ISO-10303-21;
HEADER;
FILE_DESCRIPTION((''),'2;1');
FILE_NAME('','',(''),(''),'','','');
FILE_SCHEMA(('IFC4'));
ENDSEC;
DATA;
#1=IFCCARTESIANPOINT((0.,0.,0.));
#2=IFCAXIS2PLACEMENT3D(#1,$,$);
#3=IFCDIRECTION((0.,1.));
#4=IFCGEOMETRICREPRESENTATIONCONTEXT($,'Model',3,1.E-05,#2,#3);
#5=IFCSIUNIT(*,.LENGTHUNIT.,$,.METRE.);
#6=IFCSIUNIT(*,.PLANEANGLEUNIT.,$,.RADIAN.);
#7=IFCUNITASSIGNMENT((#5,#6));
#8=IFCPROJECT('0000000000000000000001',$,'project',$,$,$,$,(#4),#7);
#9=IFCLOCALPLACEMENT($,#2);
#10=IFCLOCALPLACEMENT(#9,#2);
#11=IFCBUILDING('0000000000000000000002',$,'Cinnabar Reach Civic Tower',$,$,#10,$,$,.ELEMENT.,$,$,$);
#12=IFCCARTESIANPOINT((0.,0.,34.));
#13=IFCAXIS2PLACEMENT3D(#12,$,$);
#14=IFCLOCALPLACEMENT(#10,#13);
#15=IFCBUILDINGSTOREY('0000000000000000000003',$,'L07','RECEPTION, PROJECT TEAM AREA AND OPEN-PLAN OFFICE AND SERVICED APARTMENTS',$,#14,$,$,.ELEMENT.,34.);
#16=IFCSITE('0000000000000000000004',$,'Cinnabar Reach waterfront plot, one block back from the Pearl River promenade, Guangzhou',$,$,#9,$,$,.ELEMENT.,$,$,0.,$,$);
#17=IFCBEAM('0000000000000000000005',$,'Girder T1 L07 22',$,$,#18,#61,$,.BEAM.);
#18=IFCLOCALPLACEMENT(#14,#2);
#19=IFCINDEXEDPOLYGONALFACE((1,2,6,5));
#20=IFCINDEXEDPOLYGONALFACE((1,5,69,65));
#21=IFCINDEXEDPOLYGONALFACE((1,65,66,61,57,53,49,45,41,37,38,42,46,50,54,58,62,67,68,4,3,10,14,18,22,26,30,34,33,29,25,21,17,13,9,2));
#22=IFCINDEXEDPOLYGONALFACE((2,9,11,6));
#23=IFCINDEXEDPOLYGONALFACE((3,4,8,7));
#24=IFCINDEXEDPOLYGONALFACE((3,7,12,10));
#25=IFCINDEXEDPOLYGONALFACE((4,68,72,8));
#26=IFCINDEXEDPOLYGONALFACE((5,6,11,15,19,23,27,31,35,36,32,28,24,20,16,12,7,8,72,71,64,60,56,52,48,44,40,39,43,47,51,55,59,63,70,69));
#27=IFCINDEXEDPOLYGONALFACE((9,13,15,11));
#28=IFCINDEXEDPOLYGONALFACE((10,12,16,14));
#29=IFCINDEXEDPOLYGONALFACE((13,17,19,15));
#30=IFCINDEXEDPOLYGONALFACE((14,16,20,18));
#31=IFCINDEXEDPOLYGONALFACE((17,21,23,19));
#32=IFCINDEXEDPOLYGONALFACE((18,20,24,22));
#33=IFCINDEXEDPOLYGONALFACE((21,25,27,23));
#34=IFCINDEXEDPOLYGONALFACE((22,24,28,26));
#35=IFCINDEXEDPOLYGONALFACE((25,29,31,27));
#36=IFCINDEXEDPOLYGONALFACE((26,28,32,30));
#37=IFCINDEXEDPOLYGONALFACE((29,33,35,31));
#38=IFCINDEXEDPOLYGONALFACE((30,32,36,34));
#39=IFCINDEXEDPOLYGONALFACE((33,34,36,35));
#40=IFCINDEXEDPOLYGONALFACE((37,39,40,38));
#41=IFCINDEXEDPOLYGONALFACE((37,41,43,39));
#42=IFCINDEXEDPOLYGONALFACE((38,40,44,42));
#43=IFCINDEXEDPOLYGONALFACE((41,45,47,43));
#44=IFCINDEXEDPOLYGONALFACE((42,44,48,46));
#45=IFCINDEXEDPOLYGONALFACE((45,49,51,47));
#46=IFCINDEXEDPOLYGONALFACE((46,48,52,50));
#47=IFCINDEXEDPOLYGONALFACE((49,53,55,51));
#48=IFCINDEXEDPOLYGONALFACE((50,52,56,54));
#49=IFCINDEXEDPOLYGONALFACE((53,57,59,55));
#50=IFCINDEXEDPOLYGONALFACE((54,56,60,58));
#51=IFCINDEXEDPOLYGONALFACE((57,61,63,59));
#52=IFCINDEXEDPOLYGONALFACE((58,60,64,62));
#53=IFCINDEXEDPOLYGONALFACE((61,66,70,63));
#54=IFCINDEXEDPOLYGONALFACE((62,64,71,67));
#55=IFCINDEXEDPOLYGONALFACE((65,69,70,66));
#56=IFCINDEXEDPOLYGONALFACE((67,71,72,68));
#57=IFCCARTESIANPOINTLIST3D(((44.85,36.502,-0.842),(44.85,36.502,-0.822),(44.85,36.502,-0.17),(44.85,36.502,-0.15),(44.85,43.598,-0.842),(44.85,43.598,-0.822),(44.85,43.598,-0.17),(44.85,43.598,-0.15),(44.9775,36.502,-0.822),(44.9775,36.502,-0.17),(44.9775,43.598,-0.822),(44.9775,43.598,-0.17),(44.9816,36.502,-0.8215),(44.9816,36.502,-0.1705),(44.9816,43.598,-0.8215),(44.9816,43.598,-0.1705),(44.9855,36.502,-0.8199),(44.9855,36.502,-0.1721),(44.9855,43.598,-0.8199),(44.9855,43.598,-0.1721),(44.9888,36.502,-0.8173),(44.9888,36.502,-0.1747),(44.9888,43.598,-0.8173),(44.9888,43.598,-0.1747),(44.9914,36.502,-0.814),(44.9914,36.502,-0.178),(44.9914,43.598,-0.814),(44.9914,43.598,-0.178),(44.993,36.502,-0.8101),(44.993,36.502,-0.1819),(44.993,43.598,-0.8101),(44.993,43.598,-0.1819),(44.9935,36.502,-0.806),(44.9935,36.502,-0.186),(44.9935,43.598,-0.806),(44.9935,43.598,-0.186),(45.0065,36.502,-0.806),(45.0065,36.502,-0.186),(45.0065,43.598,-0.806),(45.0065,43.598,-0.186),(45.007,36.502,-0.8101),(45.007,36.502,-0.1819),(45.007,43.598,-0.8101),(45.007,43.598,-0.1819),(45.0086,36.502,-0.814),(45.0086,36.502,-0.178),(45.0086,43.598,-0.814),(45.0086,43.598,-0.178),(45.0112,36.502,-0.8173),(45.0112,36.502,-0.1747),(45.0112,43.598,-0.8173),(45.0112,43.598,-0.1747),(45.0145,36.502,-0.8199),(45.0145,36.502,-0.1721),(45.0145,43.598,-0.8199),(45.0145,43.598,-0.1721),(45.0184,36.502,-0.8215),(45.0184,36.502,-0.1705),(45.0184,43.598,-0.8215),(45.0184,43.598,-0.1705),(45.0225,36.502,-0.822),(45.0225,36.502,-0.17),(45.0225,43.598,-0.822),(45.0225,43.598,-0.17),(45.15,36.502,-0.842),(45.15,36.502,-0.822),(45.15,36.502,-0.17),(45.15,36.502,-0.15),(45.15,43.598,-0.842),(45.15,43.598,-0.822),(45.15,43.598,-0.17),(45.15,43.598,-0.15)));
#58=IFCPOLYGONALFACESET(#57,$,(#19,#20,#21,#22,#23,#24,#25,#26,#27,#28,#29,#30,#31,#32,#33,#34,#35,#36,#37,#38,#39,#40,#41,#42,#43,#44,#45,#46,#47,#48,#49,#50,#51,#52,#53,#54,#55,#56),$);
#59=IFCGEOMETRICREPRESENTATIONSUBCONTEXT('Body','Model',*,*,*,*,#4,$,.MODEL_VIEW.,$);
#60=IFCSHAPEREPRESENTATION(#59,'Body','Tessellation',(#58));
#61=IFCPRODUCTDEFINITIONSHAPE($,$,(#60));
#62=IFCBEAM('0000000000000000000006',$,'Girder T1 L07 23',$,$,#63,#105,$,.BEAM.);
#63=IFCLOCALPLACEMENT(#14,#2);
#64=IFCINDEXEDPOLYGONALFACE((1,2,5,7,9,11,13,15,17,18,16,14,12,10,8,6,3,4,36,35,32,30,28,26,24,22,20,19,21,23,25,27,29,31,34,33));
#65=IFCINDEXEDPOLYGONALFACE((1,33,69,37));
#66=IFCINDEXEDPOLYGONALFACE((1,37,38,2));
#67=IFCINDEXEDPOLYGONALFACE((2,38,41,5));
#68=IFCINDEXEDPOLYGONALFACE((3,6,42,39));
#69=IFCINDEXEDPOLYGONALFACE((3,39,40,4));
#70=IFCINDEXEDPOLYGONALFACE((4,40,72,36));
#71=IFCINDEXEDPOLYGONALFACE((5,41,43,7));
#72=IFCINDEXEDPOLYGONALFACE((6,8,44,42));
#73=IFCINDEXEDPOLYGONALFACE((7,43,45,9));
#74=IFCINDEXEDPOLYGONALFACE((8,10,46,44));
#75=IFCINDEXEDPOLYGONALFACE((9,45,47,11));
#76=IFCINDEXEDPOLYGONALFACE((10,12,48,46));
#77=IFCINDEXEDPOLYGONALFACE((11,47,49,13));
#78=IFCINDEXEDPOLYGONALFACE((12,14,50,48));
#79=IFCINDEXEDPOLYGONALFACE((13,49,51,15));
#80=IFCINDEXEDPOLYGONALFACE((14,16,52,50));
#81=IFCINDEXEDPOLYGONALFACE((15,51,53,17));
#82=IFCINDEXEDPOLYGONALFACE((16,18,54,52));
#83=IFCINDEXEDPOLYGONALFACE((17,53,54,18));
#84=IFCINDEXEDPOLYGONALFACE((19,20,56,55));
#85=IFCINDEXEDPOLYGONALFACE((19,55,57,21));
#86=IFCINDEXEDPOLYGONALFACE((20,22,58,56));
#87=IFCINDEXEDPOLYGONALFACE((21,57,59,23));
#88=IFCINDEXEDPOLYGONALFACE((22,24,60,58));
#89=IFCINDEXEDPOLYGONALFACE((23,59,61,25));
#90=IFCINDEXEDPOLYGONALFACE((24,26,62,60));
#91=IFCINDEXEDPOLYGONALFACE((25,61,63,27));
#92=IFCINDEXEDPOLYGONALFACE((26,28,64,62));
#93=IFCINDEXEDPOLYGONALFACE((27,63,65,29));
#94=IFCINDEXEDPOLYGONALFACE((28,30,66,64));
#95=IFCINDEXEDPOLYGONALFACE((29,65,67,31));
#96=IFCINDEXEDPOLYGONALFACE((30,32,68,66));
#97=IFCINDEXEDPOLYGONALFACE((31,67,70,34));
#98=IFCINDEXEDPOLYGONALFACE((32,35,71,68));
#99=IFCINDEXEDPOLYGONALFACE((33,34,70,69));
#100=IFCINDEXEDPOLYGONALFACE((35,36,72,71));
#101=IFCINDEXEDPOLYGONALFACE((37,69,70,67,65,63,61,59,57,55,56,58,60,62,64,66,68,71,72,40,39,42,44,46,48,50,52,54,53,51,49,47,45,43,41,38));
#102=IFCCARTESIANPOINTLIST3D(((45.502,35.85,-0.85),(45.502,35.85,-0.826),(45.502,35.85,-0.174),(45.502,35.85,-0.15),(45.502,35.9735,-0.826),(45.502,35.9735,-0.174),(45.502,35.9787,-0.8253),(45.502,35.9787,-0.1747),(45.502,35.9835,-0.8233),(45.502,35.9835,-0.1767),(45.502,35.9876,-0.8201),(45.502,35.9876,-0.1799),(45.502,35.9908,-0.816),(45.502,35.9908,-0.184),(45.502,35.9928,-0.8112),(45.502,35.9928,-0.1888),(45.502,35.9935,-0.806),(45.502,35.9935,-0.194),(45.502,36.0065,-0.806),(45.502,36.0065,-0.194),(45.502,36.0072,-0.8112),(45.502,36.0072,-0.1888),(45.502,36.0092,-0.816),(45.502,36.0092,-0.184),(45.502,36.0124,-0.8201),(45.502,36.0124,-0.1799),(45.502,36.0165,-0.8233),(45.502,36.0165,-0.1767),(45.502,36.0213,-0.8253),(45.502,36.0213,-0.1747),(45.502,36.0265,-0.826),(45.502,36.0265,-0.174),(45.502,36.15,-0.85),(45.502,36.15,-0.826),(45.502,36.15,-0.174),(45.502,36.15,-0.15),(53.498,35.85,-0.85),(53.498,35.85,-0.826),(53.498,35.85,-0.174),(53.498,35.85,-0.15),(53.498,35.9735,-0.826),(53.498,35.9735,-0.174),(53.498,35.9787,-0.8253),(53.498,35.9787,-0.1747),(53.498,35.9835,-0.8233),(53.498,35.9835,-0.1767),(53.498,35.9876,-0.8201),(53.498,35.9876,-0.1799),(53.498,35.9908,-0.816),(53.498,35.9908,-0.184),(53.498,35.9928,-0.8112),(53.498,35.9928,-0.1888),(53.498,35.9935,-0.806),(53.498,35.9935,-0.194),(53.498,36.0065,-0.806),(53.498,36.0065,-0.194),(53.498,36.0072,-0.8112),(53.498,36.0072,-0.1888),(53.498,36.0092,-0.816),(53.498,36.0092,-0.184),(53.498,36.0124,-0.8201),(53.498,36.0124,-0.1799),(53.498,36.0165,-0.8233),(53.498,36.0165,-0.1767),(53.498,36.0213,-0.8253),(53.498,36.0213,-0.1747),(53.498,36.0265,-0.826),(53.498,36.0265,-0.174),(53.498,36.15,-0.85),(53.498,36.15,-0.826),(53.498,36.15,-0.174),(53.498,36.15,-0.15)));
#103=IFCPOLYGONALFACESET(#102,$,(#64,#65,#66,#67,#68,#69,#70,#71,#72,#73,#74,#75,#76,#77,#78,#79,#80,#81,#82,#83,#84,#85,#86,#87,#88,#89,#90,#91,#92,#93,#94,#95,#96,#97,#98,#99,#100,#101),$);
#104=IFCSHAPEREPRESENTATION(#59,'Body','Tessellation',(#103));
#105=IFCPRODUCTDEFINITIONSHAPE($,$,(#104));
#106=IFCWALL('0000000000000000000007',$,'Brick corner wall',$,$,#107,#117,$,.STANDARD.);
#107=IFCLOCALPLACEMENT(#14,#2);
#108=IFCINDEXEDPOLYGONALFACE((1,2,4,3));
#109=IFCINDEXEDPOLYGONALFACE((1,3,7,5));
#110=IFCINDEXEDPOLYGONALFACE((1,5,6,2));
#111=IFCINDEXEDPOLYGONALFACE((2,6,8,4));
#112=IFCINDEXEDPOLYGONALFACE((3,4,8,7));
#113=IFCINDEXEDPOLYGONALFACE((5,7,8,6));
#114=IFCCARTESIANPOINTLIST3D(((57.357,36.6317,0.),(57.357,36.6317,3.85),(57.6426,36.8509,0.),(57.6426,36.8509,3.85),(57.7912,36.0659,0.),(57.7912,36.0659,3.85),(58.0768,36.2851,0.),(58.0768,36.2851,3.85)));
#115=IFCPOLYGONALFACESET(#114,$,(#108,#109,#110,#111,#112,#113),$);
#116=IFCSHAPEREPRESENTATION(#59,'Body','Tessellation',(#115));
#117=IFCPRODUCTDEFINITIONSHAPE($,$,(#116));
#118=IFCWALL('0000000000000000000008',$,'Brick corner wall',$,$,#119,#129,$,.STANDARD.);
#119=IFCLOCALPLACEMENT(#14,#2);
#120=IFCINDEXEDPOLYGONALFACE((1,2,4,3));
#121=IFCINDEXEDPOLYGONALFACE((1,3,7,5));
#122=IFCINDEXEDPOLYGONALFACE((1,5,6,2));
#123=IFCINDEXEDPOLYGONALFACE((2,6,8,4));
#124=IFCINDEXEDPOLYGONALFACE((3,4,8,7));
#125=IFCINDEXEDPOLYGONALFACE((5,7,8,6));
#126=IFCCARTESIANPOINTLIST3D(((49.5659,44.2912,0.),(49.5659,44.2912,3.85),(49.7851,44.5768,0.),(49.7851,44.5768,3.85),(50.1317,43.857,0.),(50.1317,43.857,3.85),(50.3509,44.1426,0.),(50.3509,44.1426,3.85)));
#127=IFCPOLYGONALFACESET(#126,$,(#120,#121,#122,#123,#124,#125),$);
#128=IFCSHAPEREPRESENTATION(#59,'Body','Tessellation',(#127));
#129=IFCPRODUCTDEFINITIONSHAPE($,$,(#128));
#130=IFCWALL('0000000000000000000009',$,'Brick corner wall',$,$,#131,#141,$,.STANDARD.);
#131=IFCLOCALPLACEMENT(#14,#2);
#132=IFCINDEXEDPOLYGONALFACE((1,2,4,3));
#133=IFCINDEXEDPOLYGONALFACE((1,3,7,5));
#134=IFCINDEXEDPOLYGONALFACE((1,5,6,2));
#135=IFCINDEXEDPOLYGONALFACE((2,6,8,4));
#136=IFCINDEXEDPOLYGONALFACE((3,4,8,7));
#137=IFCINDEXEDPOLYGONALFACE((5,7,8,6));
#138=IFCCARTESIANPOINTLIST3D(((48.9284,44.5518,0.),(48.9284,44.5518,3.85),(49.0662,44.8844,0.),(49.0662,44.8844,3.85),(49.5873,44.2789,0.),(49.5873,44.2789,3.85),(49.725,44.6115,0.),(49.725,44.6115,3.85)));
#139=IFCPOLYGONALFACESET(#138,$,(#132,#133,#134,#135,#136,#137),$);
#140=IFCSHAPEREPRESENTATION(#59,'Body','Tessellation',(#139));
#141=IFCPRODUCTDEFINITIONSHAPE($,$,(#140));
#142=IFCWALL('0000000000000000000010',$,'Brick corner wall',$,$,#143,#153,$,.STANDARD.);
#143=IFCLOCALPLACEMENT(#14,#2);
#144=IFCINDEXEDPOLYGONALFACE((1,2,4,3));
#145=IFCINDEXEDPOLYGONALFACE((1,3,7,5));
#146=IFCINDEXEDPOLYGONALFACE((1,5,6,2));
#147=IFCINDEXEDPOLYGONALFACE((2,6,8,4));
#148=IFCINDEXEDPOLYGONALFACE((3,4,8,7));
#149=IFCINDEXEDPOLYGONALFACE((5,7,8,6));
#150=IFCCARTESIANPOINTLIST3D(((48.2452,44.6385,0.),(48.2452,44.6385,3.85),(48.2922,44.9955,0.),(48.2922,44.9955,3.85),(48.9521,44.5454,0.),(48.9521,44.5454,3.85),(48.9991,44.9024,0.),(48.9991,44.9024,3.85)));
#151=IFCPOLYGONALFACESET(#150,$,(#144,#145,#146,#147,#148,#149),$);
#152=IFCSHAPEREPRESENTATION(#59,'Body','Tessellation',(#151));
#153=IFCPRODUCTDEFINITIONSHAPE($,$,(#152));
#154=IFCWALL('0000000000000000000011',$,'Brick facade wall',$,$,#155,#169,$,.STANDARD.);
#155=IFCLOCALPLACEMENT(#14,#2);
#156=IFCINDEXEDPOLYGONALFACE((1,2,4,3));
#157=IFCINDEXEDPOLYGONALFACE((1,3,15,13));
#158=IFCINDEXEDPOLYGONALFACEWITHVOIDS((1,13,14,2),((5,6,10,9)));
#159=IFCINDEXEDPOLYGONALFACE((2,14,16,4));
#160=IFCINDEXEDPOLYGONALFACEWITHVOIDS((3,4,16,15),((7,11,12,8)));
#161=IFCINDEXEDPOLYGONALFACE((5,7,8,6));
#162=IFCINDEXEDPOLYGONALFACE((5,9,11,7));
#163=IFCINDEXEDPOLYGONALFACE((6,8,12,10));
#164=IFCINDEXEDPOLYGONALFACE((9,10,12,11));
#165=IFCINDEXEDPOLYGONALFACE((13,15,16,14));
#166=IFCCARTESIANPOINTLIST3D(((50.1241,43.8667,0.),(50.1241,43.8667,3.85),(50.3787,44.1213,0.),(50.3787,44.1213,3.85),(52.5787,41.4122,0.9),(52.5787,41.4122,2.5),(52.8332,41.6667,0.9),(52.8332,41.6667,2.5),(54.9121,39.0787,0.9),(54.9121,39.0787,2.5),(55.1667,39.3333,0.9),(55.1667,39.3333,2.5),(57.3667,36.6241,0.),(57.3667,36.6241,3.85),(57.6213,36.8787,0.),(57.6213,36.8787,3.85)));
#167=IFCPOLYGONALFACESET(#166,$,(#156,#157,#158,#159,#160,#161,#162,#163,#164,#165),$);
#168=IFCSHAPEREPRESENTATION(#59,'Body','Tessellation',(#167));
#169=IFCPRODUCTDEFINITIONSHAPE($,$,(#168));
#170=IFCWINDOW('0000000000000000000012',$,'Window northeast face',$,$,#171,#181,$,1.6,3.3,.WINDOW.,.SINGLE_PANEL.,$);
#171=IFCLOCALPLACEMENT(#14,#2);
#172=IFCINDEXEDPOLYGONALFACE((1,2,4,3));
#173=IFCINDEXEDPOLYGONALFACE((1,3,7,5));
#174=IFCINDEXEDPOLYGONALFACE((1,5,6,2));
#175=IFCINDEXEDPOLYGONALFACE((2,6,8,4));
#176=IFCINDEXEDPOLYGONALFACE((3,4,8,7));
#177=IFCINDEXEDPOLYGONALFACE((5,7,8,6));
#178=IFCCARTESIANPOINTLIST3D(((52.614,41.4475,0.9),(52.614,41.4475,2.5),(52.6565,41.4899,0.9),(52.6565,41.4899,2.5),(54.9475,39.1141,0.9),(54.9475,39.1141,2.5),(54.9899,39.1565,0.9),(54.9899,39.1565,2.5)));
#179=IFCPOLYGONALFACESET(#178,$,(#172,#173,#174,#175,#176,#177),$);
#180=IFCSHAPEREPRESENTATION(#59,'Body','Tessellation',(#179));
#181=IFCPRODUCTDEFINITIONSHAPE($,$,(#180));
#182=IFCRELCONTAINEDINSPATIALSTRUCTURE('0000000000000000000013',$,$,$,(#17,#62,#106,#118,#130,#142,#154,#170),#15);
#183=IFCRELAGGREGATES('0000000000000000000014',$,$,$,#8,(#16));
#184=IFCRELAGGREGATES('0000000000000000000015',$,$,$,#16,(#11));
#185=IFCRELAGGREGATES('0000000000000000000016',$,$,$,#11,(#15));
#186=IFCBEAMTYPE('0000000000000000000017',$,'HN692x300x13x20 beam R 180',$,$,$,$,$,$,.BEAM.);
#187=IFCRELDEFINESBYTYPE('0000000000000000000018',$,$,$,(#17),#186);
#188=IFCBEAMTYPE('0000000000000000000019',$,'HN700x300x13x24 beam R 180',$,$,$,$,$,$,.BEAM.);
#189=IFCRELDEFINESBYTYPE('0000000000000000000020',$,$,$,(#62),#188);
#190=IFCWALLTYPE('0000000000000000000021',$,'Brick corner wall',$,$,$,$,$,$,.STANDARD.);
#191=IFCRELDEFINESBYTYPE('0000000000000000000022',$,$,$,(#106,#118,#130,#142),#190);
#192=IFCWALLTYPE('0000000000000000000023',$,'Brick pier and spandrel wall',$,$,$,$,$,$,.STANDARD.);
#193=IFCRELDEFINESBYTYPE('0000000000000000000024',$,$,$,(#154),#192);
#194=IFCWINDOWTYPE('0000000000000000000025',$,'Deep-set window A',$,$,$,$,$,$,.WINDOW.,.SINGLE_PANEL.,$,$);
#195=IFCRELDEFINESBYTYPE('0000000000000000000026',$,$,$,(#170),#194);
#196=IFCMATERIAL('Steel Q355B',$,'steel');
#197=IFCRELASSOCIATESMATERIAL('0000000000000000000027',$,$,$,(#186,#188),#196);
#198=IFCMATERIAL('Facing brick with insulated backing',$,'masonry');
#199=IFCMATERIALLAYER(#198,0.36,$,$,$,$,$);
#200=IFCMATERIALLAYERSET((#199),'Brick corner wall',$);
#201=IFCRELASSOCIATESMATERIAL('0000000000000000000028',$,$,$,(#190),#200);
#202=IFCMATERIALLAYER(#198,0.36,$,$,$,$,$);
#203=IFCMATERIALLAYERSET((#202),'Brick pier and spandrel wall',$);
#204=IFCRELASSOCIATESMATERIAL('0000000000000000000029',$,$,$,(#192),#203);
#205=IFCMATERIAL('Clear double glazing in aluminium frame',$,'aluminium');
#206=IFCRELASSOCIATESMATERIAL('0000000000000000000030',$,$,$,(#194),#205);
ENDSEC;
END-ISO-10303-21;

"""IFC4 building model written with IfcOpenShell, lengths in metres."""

from ifc_helpers import new_model, si_unit, direction, frame, frame_2d, origin, origin_2d, place, context, subcontext, project, spatial, rectangle, i_section, extrude, material, layer, layer_set, material_profile, profile_set, type_object, element, fill, save


model = new_model("IFC4")

# Units and contexts
model_context = context("Model", 3, precision=1e-05, world=origin(), true_north=direction((0.0, 1.0)))
body_context = subcontext(model_context, "Body", "Model", "MODEL_VIEW")
ifc_project = project(units=[si_unit("LENGTHUNIT", "METRE"), si_unit("PLANEANGLEUNIT", "RADIAN")], contexts=[model_context])

# Site, building, storey
site_placement = place(None, origin())
site = spatial("IfcSite", under=ifc_project, at=site_placement, Name="Cinnabar Reach waterfront plot, one block back from the Pearl River promenade, Guangzhou", CompositionType="ELEMENT", RefElevation=0.0)
building_placement = place(site_placement, origin())
building = spatial("IfcBuilding", under=site, at=building_placement, Name="Cinnabar Reach Civic Tower", CompositionType="ELEMENT")
storey_placement = place(building_placement, frame((0.0, 0.0, 34.0)))
storey = spatial("IfcBuildingStorey", under=building, at=storey_placement, Name="L07", Description="RECEPTION, PROJECT TEAM AREA AND OPEN-PLAN OFFICE AND SERVICED APARTMENTS", CompositionType="ELEMENT", Elevation=34.0)

# Beams
ifc_material_1 = material(Name="Steel Q355B", Category="steel")
ifc_material_profile_1 = material_profile(ifc_material_1, i_section(OverallWidth=0.3, OverallDepth=0.692, WebThickness=0.013, FlangeThickness=0.02, FilletRadius=0.016, at=origin_2d()), Name="HN692x300x13x20")
ifc_profile_set_1 = profile_set([ifc_material_profile_1], Name="Steel Q355B")
beam_type_1 = type_object("IfcBeamType", Name="HN692x300x13x20 beam R 180", PredefinedType="BEAM", material=ifc_profile_set_1)
beam_1_placement = place(storey_placement, frame((45.0, 36.502, -0.496), z_axis=(0.0, 1.0, 0.0), x_axis=(-1.0, 0.0, 0.0)))
element("IfcBeam", 1, at=beam_1_placement, inside=storey, type_object=beam_type_1, Name="Girder T1 L07 22", PredefinedType="BEAM", context=body_context, shape_type="SweptSolid", body=[
    extrude(i_section(OverallWidth=0.3, OverallDepth=0.692, WebThickness=0.013, FlangeThickness=0.02, FilletRadius=0.016, at=origin_2d()), origin(), (0.0, 0.0, 1.0), 7.096),
])
ifc_material_profile_2 = material_profile(ifc_material_1, i_section(OverallWidth=0.3, OverallDepth=0.7, WebThickness=0.013, FlangeThickness=0.024, FilletRadius=0.02, at=origin_2d()), Name="HN700x300x13x24")
ifc_profile_set_2 = profile_set([ifc_material_profile_2], Name="Steel Q355B")
beam_type_2 = type_object("IfcBeamType", Name="HN700x300x13x24 beam R 180", PredefinedType="BEAM", material=ifc_profile_set_2)
beam_2_placement = place(storey_placement, frame((45.502, 36.0, -0.5), z_axis=(1.0, 0.0, 0.0), x_axis=(0.0, 1.0, 0.0)))
element("IfcBeam", 2, at=beam_2_placement, inside=storey, type_object=beam_type_2, Name="Girder T1 L07 23", PredefinedType="BEAM", context=body_context, shape_type="SweptSolid", body=[
    extrude(i_section(OverallWidth=0.3, OverallDepth=0.7, WebThickness=0.013, FlangeThickness=0.024, FilletRadius=0.02, at=origin_2d()), origin(), (0.0, 0.0, 1.0), 7.996),
])

# Walls
ifc_material_2 = material(Name="Facing brick with insulated backing", Category="masonry")
ifc_layer_1 = layer(ifc_material_2, 0.36)
ifc_layer_set_1 = layer_set([ifc_layer_1], Name="Brick corner wall")
wall_type_1 = type_object("IfcWallType", Name="Brick corner wall", PredefinedType="STANDARD", material=ifc_layer_set_1)
for number, where, z_axis, x_axis, name in (
    (3, (57.934, 36.1755, 0.0), (0.0, 0.0, 1.0), (-0.608802, 0.793322, 0.0), "Brick corner wall"),
    (4, (50.2413, 43.9998, 0.0), (0.0, 0.0, 1.0), (-0.793322, 0.608802, 0.0), "Brick corner wall"),
):
    element("IfcWall", number, at=place(storey_placement, frame(where, z_axis=z_axis, x_axis=x_axis)), inside=storey, type_object=wall_type_1, Name=name, PredefinedType="STANDARD", context=body_context, shape_type="SweptSolid", body=[
        extrude(rectangle(XDim=0.7132, YDim=0.36, at=frame_2d((0.3566, 0.0))), origin(), (0.0, 0.0, 1.0), 3.85),
    ])
for number, where, z_axis, x_axis, name in (
    (5, (49.6561, 44.4452, 0.0), (0.0, 0.0, 1.0), (-0.923872, 0.382703, 0.0), "Brick corner wall"),
    (6, (48.9756, 44.7239, 0.0), (0.0, 0.0, 1.0), (-0.991441, 0.130556, 0.0), "Brick corner wall"),
):
    element("IfcWall", number, at=place(storey_placement, frame(where, z_axis=z_axis, x_axis=x_axis)), inside=storey, type_object=wall_type_1, Name=name, PredefinedType="STANDARD", context=body_context, shape_type="SweptSolid", body=[
        extrude(rectangle(XDim=0.7131, YDim=0.36, at=frame_2d((0.3565, 0.0))), origin(), (0.0, 0.0, 1.0), 3.85),
    ])

# Wall, opening, window
ifc_layer_2 = layer(ifc_material_2, 0.36)
ifc_layer_set_2 = layer_set([ifc_layer_2], Name="Brick pier and spandrel wall")
wall_type_2 = type_object("IfcWallType", Name="Brick pier and spandrel wall", PredefinedType="STANDARD", material=ifc_layer_set_2)
wall_1_placement = place(storey_placement, frame((57.494, 36.7514, 0.0), z_axis=(0.0, 0.0, 1.0), x_axis=(-0.707107, 0.707107, 0.0)))
wall_1 = element("IfcWall", 7, at=wall_1_placement, inside=storey, type_object=wall_type_2, Name="Brick facade wall", PredefinedType="STANDARD", context=body_context, shape_type="SweptSolid", body=[
    extrude(rectangle(XDim=10.2426, YDim=0.36, at=frame_2d((5.1213, 0.0))), origin(), (0.0, 0.0, 1.0), 3.85),
])
opening_1_placement = place(wall_1_placement, frame((3.4713, 0.0, 0.9)))
opening_1 = element("IfcOpeningElement", 8, at=opening_1_placement, cuts=wall_1, PredefinedType="OPENING", context=body_context, shape_type="SweptSolid", body=[
    extrude(rectangle(XDim=3.3, YDim=1.6, at=frame_2d((1.65, 0.8))), frame((0.0, 0.19, 0.0), z_axis=(0.0, -1.0, 0.0), x_axis=(1.0, 0.0, 0.0)), (0.0, 0.0, 1.0), 0.38),
])
ifc_material_3 = material(Name="Clear double glazing in aluminium frame", Category="aluminium")
window_type_1 = type_object("IfcWindowType", Name="Deep-set window A", PartitioningType="SINGLE_PANEL", PredefinedType="WINDOW", material=ifc_material_3)
window_1_placement = place(opening_1_placement, origin())
window_1 = element("IfcWindow", 9, at=window_1_placement, inside=storey, type_object=window_type_1, Name="Window northeast face", OverallHeight=1.6, OverallWidth=3.3, PartitioningType="SINGLE_PANEL", PredefinedType="WINDOW", context=body_context, shape_type="SweptSolid", body=[
    extrude(rectangle(XDim=3.3, YDim=1.6, at=frame_2d((1.65, 0.8))), frame((0.0, 0.13, 0.0), z_axis=(0.0, -1.0, 0.0), x_axis=(1.0, 0.0, 0.0)), (0.0, 0.0, 1.0), 0.06),
])
fill(opening_1, window_1)

save(model, "model.ifc")
